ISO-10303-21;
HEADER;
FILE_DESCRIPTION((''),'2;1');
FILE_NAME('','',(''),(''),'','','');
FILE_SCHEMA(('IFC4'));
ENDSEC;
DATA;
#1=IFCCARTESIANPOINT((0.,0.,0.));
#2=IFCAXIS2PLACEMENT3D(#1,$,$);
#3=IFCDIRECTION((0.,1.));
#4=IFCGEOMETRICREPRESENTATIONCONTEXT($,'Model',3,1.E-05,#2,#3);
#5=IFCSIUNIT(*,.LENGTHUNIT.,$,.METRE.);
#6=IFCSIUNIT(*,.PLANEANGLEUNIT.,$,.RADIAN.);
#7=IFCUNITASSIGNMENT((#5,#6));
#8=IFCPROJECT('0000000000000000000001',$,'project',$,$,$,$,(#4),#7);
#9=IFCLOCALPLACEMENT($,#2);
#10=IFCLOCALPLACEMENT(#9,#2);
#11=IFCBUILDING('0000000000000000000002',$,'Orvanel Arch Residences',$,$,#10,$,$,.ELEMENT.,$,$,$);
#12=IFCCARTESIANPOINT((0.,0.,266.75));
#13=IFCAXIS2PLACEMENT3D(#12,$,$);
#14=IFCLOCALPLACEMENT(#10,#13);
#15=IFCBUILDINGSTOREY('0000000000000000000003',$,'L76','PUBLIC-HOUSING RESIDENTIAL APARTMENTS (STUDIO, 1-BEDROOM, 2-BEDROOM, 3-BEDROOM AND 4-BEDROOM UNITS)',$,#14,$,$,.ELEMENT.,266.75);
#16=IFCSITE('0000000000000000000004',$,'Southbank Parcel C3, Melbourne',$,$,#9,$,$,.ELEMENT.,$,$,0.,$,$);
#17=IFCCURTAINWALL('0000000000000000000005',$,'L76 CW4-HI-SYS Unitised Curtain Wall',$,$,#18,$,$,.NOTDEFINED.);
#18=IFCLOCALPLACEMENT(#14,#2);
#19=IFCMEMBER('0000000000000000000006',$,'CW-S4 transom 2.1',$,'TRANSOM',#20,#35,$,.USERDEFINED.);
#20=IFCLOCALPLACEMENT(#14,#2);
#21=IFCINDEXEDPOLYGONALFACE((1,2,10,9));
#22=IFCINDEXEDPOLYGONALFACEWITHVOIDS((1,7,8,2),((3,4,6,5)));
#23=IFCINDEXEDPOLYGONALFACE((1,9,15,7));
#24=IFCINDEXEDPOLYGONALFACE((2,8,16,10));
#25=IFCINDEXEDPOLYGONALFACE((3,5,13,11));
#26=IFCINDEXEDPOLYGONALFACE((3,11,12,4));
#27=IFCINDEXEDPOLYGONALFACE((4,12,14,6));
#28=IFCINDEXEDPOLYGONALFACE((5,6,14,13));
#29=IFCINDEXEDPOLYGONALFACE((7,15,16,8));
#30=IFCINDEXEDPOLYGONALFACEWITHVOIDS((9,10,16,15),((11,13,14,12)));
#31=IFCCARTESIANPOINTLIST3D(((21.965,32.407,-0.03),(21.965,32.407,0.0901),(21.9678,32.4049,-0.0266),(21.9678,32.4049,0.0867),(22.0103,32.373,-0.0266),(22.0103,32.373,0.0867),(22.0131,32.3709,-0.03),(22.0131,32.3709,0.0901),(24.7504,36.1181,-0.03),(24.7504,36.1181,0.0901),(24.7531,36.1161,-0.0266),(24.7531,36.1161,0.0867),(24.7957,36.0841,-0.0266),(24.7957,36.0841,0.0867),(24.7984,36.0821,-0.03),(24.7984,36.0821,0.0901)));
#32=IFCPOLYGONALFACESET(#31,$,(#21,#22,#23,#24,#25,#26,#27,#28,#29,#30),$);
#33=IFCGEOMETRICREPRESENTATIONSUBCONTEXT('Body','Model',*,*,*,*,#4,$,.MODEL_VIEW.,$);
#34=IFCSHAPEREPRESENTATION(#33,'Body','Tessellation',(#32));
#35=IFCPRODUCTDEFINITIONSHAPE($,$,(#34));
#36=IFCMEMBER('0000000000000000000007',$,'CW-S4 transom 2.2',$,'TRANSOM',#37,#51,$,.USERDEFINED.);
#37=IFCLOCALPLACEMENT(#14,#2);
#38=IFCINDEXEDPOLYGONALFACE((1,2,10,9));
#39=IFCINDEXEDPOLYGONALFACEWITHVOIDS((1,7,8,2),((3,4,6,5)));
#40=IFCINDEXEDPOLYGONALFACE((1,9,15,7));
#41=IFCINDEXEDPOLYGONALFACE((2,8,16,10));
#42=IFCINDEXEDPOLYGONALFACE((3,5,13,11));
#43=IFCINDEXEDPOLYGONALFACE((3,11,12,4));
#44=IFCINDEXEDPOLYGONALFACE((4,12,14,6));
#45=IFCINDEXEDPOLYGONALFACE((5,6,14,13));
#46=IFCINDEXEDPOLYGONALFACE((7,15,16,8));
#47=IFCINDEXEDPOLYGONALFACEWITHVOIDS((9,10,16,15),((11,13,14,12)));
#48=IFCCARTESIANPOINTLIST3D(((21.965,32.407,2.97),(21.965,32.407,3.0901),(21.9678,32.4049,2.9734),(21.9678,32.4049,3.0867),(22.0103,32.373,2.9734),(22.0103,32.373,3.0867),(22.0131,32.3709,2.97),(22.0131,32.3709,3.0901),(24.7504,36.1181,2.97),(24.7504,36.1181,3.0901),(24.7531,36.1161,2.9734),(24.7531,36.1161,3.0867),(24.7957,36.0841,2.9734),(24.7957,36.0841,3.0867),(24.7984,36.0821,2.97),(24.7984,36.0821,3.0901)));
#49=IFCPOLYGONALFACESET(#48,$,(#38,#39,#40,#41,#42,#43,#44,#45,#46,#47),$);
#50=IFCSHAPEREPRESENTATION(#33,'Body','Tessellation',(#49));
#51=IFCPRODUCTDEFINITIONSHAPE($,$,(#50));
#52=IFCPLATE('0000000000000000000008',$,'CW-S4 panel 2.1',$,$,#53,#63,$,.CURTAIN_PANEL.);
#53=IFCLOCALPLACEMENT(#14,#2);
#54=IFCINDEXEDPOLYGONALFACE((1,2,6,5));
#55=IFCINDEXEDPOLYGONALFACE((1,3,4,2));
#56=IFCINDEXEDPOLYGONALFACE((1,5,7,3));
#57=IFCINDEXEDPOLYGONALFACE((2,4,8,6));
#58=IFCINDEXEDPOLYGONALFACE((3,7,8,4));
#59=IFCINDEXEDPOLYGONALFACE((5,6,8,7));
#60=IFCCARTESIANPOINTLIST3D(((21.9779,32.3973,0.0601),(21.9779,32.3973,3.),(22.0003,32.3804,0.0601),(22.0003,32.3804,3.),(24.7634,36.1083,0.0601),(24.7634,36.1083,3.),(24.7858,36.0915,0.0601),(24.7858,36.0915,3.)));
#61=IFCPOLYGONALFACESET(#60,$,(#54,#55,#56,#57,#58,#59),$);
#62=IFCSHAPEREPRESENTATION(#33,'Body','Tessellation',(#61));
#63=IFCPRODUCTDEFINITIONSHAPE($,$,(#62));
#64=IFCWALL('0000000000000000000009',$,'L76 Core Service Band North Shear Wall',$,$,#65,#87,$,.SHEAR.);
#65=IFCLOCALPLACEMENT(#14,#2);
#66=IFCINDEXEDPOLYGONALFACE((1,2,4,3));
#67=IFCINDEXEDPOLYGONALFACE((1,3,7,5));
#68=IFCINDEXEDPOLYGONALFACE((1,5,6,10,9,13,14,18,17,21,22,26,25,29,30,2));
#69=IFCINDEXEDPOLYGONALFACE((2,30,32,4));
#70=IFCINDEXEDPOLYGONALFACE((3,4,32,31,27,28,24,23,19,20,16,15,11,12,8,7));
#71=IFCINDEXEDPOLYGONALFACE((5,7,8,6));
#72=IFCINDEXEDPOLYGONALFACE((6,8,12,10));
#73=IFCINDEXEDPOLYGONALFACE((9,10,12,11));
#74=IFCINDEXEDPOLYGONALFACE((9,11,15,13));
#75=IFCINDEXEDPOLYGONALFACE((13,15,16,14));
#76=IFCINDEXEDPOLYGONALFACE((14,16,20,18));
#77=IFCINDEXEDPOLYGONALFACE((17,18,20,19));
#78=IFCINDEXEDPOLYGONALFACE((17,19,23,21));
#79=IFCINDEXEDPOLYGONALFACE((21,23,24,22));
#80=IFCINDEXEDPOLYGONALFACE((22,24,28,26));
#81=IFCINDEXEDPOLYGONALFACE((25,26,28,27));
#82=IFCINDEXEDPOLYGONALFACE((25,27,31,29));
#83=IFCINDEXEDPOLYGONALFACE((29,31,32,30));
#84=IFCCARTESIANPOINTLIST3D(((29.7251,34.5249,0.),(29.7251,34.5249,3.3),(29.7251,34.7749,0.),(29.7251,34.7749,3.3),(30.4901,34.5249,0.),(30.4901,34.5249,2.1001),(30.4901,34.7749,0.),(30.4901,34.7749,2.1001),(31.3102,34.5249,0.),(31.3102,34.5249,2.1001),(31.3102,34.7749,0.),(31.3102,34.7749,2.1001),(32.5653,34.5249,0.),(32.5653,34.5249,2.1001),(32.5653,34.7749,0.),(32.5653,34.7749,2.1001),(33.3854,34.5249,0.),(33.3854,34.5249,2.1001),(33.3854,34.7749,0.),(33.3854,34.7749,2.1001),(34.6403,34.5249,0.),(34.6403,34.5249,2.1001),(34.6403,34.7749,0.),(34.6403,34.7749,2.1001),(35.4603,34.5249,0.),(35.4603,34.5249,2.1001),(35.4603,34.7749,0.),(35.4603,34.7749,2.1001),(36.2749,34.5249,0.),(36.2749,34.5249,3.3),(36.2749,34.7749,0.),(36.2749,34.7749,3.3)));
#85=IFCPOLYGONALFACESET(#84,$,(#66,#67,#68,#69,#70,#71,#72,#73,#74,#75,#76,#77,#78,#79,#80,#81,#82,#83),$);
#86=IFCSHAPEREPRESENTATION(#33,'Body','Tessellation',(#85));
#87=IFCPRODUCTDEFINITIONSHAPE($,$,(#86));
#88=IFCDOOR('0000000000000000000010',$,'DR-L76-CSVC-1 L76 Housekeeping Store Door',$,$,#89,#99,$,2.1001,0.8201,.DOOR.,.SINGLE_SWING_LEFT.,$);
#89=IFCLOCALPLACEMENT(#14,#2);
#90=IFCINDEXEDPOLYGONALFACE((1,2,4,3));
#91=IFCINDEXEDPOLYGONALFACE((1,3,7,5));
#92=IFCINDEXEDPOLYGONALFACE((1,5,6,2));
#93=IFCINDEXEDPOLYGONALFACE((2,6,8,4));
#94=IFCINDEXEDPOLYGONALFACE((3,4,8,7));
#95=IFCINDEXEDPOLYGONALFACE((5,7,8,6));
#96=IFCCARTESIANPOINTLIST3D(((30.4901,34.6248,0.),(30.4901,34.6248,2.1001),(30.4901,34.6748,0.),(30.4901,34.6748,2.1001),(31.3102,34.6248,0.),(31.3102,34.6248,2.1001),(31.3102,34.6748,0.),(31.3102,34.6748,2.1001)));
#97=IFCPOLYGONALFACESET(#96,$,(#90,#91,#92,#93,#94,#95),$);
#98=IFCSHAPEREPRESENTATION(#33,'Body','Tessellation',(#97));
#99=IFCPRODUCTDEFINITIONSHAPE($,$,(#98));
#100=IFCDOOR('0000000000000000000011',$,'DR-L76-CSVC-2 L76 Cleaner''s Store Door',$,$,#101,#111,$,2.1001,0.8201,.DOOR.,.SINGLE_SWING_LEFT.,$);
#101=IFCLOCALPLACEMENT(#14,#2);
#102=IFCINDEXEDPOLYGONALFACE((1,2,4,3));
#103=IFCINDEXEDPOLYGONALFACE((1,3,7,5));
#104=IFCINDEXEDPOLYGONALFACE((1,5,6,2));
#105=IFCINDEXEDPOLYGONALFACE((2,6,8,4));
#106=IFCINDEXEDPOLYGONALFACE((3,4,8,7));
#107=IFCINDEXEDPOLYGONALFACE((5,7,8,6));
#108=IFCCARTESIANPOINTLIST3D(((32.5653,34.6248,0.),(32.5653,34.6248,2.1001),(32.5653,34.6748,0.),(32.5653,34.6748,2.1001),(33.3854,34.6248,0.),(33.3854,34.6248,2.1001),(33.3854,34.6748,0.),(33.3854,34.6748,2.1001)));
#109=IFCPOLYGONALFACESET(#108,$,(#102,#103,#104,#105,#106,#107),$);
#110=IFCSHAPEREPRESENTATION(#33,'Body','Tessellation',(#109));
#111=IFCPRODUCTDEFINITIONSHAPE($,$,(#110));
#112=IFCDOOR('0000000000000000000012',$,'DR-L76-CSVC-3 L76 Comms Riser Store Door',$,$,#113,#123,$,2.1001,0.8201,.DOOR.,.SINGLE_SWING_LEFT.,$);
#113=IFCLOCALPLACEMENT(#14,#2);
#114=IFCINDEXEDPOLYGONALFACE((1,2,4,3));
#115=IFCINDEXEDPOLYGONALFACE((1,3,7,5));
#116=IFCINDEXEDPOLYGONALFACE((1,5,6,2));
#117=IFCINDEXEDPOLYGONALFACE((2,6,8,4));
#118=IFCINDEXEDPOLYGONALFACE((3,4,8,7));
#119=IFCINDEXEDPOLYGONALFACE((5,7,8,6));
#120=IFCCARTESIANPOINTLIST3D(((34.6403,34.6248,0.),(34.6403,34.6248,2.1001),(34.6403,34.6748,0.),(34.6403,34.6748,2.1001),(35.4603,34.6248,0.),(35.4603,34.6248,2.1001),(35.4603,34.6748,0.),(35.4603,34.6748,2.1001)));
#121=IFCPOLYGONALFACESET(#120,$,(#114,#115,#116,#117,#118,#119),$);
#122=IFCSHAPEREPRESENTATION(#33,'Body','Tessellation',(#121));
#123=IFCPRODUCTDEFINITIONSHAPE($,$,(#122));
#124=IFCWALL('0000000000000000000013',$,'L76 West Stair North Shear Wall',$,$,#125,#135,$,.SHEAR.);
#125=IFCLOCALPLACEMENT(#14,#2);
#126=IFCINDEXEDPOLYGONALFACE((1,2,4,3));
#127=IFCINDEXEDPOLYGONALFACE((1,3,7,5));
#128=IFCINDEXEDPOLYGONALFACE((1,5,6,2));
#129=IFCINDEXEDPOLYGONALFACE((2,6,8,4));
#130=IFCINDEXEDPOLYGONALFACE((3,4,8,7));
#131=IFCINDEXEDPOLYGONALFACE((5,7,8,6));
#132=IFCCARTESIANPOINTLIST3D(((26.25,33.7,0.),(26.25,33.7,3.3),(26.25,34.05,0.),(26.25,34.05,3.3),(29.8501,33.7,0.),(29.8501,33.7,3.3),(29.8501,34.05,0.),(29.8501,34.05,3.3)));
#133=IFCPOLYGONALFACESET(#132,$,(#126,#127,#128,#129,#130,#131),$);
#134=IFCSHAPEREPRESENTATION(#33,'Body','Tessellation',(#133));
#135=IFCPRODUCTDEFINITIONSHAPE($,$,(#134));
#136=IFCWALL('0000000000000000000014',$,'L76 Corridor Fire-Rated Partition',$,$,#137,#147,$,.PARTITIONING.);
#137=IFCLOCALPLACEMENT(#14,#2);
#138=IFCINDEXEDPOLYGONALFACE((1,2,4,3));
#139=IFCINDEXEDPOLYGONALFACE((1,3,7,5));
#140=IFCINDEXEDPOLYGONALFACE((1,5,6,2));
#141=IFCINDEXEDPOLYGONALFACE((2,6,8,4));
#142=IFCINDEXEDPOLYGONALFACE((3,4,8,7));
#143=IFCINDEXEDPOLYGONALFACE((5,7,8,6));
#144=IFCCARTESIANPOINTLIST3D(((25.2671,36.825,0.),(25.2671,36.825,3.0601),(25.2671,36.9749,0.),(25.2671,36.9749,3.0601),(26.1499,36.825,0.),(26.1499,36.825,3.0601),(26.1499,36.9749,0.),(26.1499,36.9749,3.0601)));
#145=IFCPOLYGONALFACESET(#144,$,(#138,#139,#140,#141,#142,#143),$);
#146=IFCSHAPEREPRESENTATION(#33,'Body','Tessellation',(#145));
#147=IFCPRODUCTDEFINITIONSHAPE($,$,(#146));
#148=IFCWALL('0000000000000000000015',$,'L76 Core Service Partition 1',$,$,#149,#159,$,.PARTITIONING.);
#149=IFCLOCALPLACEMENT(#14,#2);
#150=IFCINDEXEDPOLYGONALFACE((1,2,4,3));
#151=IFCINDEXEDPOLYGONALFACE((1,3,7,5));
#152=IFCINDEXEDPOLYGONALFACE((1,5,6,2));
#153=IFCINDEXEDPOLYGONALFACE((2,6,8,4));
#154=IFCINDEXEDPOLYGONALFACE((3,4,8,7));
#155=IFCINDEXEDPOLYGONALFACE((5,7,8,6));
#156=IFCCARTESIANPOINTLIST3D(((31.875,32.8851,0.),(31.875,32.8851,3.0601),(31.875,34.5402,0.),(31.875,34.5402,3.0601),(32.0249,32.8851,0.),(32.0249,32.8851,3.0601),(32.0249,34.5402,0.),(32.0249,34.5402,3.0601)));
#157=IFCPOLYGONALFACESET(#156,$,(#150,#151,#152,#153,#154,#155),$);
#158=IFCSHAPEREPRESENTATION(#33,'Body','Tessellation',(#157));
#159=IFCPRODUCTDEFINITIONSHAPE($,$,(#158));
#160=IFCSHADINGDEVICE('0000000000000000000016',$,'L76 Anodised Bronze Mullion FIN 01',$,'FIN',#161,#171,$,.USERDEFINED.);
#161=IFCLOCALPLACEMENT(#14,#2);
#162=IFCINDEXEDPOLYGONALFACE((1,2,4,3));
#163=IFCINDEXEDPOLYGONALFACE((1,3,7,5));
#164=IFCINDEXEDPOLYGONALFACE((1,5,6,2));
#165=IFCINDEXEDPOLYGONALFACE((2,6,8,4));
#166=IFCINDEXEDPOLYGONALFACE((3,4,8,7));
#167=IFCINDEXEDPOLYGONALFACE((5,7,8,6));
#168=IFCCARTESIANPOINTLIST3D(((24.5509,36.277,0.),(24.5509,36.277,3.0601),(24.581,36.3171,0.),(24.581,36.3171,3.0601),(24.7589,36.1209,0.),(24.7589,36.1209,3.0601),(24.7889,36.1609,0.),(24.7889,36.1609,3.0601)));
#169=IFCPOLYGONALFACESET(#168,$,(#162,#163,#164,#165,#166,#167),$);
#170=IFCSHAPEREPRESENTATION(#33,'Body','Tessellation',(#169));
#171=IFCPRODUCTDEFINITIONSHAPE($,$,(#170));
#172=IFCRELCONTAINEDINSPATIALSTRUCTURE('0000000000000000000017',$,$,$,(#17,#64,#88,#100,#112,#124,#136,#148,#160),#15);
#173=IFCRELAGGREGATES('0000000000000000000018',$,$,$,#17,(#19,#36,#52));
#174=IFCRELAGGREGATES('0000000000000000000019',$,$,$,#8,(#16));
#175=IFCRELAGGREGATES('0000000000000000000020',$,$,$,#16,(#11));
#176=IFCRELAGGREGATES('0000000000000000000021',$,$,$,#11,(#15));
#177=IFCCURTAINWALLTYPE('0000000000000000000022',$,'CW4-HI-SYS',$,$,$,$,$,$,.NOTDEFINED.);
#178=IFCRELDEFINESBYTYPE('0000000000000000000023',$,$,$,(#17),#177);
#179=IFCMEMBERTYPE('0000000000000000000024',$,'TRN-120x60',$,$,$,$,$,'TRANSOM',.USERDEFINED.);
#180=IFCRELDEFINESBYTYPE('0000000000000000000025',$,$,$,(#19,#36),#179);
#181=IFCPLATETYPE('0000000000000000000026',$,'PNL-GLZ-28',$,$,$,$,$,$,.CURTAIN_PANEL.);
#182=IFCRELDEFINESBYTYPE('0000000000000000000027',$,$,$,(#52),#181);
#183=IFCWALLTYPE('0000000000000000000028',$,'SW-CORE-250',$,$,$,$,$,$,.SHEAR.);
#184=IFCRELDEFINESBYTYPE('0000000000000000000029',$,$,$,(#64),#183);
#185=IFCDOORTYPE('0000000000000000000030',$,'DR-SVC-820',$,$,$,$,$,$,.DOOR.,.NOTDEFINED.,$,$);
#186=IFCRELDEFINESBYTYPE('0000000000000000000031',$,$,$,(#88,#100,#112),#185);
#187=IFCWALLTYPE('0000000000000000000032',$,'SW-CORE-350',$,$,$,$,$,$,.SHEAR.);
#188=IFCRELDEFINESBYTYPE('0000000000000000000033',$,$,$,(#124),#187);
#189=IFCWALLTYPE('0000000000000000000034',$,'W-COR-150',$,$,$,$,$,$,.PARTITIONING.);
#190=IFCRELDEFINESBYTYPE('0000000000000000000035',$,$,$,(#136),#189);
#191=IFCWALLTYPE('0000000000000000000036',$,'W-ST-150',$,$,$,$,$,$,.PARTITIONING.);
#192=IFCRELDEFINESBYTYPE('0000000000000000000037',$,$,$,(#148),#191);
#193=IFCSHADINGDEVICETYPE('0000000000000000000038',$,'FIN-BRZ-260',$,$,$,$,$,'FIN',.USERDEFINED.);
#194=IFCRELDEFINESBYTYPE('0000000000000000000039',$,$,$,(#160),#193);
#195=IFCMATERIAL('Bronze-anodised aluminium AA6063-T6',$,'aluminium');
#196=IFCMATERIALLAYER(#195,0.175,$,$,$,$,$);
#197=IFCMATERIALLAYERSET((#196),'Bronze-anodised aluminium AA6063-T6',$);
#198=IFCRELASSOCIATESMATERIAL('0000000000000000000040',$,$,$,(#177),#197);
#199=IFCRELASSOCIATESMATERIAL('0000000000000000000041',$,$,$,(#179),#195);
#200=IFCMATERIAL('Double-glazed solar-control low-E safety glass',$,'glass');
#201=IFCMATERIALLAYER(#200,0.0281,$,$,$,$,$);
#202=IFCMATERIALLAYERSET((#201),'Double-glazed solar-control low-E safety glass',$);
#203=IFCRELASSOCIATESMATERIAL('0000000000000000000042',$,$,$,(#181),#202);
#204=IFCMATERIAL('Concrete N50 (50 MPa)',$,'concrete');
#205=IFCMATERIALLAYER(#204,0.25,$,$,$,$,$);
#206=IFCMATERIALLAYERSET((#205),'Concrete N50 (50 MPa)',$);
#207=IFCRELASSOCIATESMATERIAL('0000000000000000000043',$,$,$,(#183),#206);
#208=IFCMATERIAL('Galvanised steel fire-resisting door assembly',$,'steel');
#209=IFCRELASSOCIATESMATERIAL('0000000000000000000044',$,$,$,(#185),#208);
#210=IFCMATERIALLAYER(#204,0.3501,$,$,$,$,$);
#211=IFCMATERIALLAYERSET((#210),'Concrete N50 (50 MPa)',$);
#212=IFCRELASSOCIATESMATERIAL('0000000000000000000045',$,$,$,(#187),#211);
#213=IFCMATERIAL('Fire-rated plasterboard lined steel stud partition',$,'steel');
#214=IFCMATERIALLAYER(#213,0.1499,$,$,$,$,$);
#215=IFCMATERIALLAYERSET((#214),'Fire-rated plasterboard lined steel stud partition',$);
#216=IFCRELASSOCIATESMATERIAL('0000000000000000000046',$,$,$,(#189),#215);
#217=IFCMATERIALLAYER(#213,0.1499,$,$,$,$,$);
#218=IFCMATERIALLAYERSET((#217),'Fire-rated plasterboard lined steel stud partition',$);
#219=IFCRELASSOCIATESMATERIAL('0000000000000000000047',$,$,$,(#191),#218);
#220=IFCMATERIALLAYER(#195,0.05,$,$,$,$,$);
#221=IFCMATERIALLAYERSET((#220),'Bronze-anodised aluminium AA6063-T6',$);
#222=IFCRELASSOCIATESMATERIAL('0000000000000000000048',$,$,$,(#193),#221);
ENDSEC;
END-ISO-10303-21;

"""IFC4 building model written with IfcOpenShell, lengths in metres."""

from ifc_helpers import new_model, si_unit, direction, frame, frame_2d, origin, origin_2d, place, context, subcontext, project, spatial, rectangle, hollow_rectangle, extrude, material, layer, layer_set, material_profile, profile_set, type_object, element, fill, aggregate, save


model = new_model("IFC4")

# Units and contexts
model_context = context("Model", 3, precision=1e-05, world=origin(), true_north=direction((0.0, 1.0)))
body_context = subcontext(model_context, "Body", "Model", "MODEL_VIEW")
ifc_project = project(units=[si_unit("LENGTHUNIT", "METRE"), si_unit("PLANEANGLEUNIT", "RADIAN")], contexts=[model_context])

# Site, building, storey
site_placement = place(None, origin())
site = spatial("IfcSite", under=ifc_project, at=site_placement, Name="Southbank Parcel C3, Melbourne", CompositionType="ELEMENT", RefElevation=0.0)
building_placement = place(site_placement, origin())
building = spatial("IfcBuilding", under=site, at=building_placement, Name="Orvanel Arch Residences", CompositionType="ELEMENT")
storey_placement = place(building_placement, frame((0.0, 0.0, 266.75)))
storey = spatial("IfcBuildingStorey", under=building, at=storey_placement, Name="L76", Description="PUBLIC-HOUSING RESIDENTIAL APARTMENTS (STUDIO, 1-BEDROOM, 2-BEDROOM, 3-BEDROOM AND 4-BEDROOM UNITS)", CompositionType="ELEMENT", Elevation=266.75)

# Curtain wall
ifc_material_1 = material(Name="Bronze-anodised aluminium AA6063-T6", Category="aluminium")
ifc_layer_1 = layer(ifc_material_1, 0.175)
ifc_layer_set_1 = layer_set([ifc_layer_1], Name="Bronze-anodised aluminium AA6063-T6")
curtain_wall_type = type_object("IfcCurtainWallType", Name="CW4-HI-SYS", PredefinedType="NOTDEFINED", material=ifc_layer_set_1)
curtain_wall_placement = place(storey_placement, origin())
curtain_wall = element("IfcCurtainWall", 1, at=curtain_wall_placement, inside=storey, type_object=curtain_wall_type, Name="L76 CW4-HI-SYS Unitised Curtain Wall", PredefinedType="NOTDEFINED")

# Members
ifc_material_profile_1 = material_profile(ifc_material_1, hollow_rectangle(XDim=0.0601, YDim=0.1201, WallThickness=0.0034, at=origin_2d()), Name="ALU120x60x3.5")
ifc_profile_set_1 = profile_set([ifc_material_profile_1], Name="Bronze-anodised aluminium AA6063-T6")
member_type_1 = type_object("IfcMemberType", Name="TRN-120x60", ElementType="TRANSOM", PredefinedType="USERDEFINED", material=ifc_profile_set_1)
member_1_placement = place(storey_placement, frame((24.7744, 36.1001, 0.03), z_axis=(-0.600278, -0.799792, 0.0), x_axis=(0.799792, -0.600278, 0.0)))
member_1 = element("IfcMember", 2, at=member_1_placement, type_object=member_type_1, Name="CW-S4 transom 2.1", ObjectType="TRANSOM", PredefinedType="USERDEFINED", context=body_context, shape_type="SweptSolid", body=[
    extrude(hollow_rectangle(XDim=0.0601, YDim=0.1201, WallThickness=0.0034, at=origin_2d()), origin(), (0.0, 0.0, 1.0), 4.6401),
])
member_2_placement = place(storey_placement, frame((24.7744, 36.1001, 3.03), z_axis=(-0.600278, -0.799792, 0.0), x_axis=(0.799792, -0.600278, 0.0)))
member_2 = element("IfcMember", 3, at=member_2_placement, type_object=member_type_1, Name="CW-S4 transom 2.2", ObjectType="TRANSOM", PredefinedType="USERDEFINED", context=body_context, shape_type="SweptSolid", body=[
    extrude(hollow_rectangle(XDim=0.0601, YDim=0.1201, WallThickness=0.0034, at=origin_2d()), origin(), (0.0, 0.0, 1.0), 4.6401),
])

# Plate
ifc_material_2 = material(Name="Double-glazed solar-control low-E safety glass", Category="glass")
ifc_layer_2 = layer(ifc_material_2, 0.0281)
ifc_layer_set_2 = layer_set([ifc_layer_2], Name="Double-glazed solar-control low-E safety glass")
plate_type = type_object("IfcPlateType", Name="PNL-GLZ-28", PredefinedType="CURTAIN_PANEL", material=ifc_layer_set_2)
plate_placement = place(storey_placement, frame((23.3818, 34.2444, 0.0601), z_axis=(0.0, 0.0, 1.0), x_axis=(-0.600304, -0.799772, 0.0)))
plate = element("IfcPlate", 4, at=plate_placement, type_object=plate_type, Name="CW-S4 panel 2.1", PredefinedType="CURTAIN_PANEL", context=body_context, shape_type="SweptSolid", body=[
    extrude(rectangle(XDim=4.6401, YDim=0.0281, at=origin_2d()), origin(), (0.0, 0.0, 1.0), 2.9399),
])
aggregate(curtain_wall, [member_1, member_2, plate])

# Wall, openings, doors
ifc_material_3 = material(Name="Concrete N50 (50 MPa)", Category="concrete")
ifc_layer_3 = layer(ifc_material_3, 0.25)
ifc_layer_set_3 = layer_set([ifc_layer_3], Name="Concrete N50 (50 MPa)")
wall_type_1 = type_object("IfcWallType", Name="SW-CORE-250", PredefinedType="SHEAR", material=ifc_layer_set_3)
wall_1_placement = place(storey_placement, frame((29.7251, 34.6499, 0.0), z_axis=(0.0, 0.0, 1.0), x_axis=(1.0, 0.0, 0.0)))
wall_1 = element("IfcWall", 5, at=wall_1_placement, inside=storey, type_object=wall_type_1, Name="L76 Core Service Band North Shear Wall", PredefinedType="SHEAR", context=body_context, shape_type="SweptSolid", body=[
    extrude(rectangle(XDim=6.5498, YDim=0.25, at=frame_2d((3.2749, 0.0))), origin(), (0.0, 0.0, 1.0), 3.3),
])
opening_1_placement = place(wall_1_placement, frame((0.7649, 0.0, 0.0)))
opening_1 = element("IfcOpeningElement", 6, at=opening_1_placement, cuts=wall_1, PredefinedType="OPENING", context=body_context, shape_type="SweptSolid", body=[
    extrude(rectangle(XDim=0.8201, YDim=2.1001, at=frame_2d((0.4102, 1.05))), frame((0.0, 0.135, 0.0), z_axis=(0.0, -1.0, 0.0), x_axis=(1.0, 0.0, 0.0)), (0.0, 0.0, 1.0), 0.27),
])
opening_2_placement = place(wall_1_placement, frame((2.8401, 0.0, 0.0)))
opening_2 = element("IfcOpeningElement", 7, at=opening_2_placement, cuts=wall_1, PredefinedType="OPENING", context=body_context, shape_type="SweptSolid", body=[
    extrude(rectangle(XDim=0.8201, YDim=2.1001, at=frame_2d((0.4102, 1.05))), frame((0.0, 0.135, 0.0), z_axis=(0.0, -1.0, 0.0), x_axis=(1.0, 0.0, 0.0)), (0.0, 0.0, 1.0), 0.27),
])
opening_3_placement = place(wall_1_placement, frame((4.915, 0.0, 0.0)))
opening_3 = element("IfcOpeningElement", 8, at=opening_3_placement, cuts=wall_1, PredefinedType="OPENING", context=body_context, shape_type="SweptSolid", body=[
    extrude(rectangle(XDim=0.8201, YDim=2.1001, at=frame_2d((0.4102, 1.05))), frame((0.0, 0.135, 0.0), z_axis=(0.0, -1.0, 0.0), x_axis=(1.0, 0.0, 0.0)), (0.0, 0.0, 1.0), 0.27),
])
ifc_material_4 = material(Name="Galvanised steel fire-resisting door assembly", Category="steel")
door_type = type_object("IfcDoorType", Name="DR-SVC-820", OperationType="NOTDEFINED", PredefinedType="DOOR", material=ifc_material_4)
door_1_placement = place(opening_1_placement, origin())
door_1 = element("IfcDoor", 9, at=door_1_placement, inside=storey, type_object=door_type, Name="DR-L76-CSVC-1 L76 Housekeeping Store Door", OperationType="SINGLE_SWING_LEFT", OverallHeight=2.1001, OverallWidth=0.8201, PredefinedType="DOOR", context=body_context, shape_type="SweptSolid", body=[
    extrude(rectangle(XDim=0.8201, YDim=2.1001, at=frame_2d((0.4102, 1.05))), frame((0.0, 0.0249, 0.0), z_axis=(0.0, -1.0, 0.0), x_axis=(1.0, 0.0, 0.0)), (0.0, 0.0, 1.0), 0.05),
])
fill(opening_1, door_1)
door_2_placement = place(opening_2_placement, origin())
door_2 = element("IfcDoor", 10, at=door_2_placement, inside=storey, type_object=door_type, Name="DR-L76-CSVC-2 L76 Cleaner's Store Door", OperationType="SINGLE_SWING_LEFT", OverallHeight=2.1001, OverallWidth=0.8201, PredefinedType="DOOR", context=body_context, shape_type="SweptSolid", body=[
    extrude(rectangle(XDim=0.8201, YDim=2.1001, at=frame_2d((0.4102, 1.05))), frame((0.0, 0.0249, 0.0), z_axis=(0.0, -1.0, 0.0), x_axis=(1.0, 0.0, 0.0)), (0.0, 0.0, 1.0), 0.05),
])
fill(opening_2, door_2)
door_3_placement = place(opening_3_placement, origin())
door_3 = element("IfcDoor", 11, at=door_3_placement, inside=storey, type_object=door_type, Name="DR-L76-CSVC-3 L76 Comms Riser Store Door", OperationType="SINGLE_SWING_LEFT", OverallHeight=2.1001, OverallWidth=0.8201, PredefinedType="DOOR", context=body_context, shape_type="SweptSolid", body=[
    extrude(rectangle(XDim=0.8201, YDim=2.1001, at=frame_2d((0.4102, 1.05))), frame((0.0, 0.0249, 0.0), z_axis=(0.0, -1.0, 0.0), x_axis=(1.0, 0.0, 0.0)), (0.0, 0.0, 1.0), 0.05),
])
fill(opening_3, door_3)

# Walls
ifc_layer_4 = layer(ifc_material_3, 0.3501)
ifc_layer_set_4 = layer_set([ifc_layer_4], Name="Concrete N50 (50 MPa)")
wall_type_2 = type_object("IfcWallType", Name="SW-CORE-350", PredefinedType="SHEAR", material=ifc_layer_set_4)
wall_2_placement = place(storey_placement, frame((26.25, 33.875, 0.0), z_axis=(0.0, 0.0, 1.0), x_axis=(1.0, 0.0, 0.0)))
element("IfcWall", 12, at=wall_2_placement, inside=storey, type_object=wall_type_2, Name="L76 West Stair North Shear Wall", PredefinedType="SHEAR", context=body_context, shape_type="SweptSolid", body=[
    extrude(rectangle(XDim=3.6001, YDim=0.3501, at=frame_2d((1.8, 0.0))), origin(), (0.0, 0.0, 1.0), 3.3),
])
ifc_material_5 = material(Name="Fire-rated plasterboard lined steel stud partition", Category="steel")
ifc_layer_5 = layer(ifc_material_5, 0.1499)
ifc_layer_set_5 = layer_set([ifc_layer_5], Name="Fire-rated plasterboard lined steel stud partition")
wall_type_3 = type_object("IfcWallType", Name="W-COR-150", PredefinedType="PARTITIONING", material=ifc_layer_set_5)
wall_3_placement = place(storey_placement, frame((25.2671, 36.8999, 0.0), z_axis=(0.0, 0.0, 1.0), x_axis=(1.0, 0.0, 0.0)))
element("IfcWall", 13, at=wall_3_placement, inside=storey, type_object=wall_type_3, Name="L76 Corridor Fire-Rated Partition", PredefinedType="PARTITIONING", context=body_context, shape_type="SweptSolid", body=[
    extrude(rectangle(XDim=0.8828, YDim=0.1499, at=frame_2d((0.4414, 0.0))), origin(), (0.0, 0.0, 1.0), 3.0601),
])
ifc_layer_6 = layer(ifc_material_5, 0.1499)
ifc_layer_set_6 = layer_set([ifc_layer_6], Name="Fire-rated plasterboard lined steel stud partition")
wall_type_4 = type_object("IfcWallType", Name="W-ST-150", PredefinedType="PARTITIONING", material=ifc_layer_set_6)
wall_4_placement = place(storey_placement, frame((31.95, 32.885, 0.0), z_axis=(0.0, 0.0, 1.0), x_axis=(0.0, 1.0, 0.0)))
element("IfcWall", 14, at=wall_4_placement, inside=storey, type_object=wall_type_4, Name="L76 Core Service Partition 1", PredefinedType="PARTITIONING", context=body_context, shape_type="SweptSolid", body=[
    extrude(rectangle(XDim=1.655, YDim=0.1499, at=frame_2d((0.8276, 0.0))), origin(), (0.0, 0.0, 1.0), 3.0601),
])

# Shading device
ifc_layer_7 = layer(ifc_material_1, 0.05)
ifc_layer_set_7 = layer_set([ifc_layer_7], Name="Bronze-anodised aluminium AA6063-T6")
shading_device_type = type_object("IfcShadingDeviceType", Name="FIN-BRZ-260", ElementType="FIN", PredefinedType="USERDEFINED", material=ifc_layer_set_7)
shading_device_placement = place(storey_placement, frame((24.6699, 36.219, 0.0), z_axis=(0.0, 0.0, 1.0), x_axis=(-0.799685, 0.60042, 0.0)))
element("IfcShadingDevice", 15, at=shading_device_placement, inside=storey, type_object=shading_device_type, Name="L76 Anodised Bronze Mullion FIN 01", ObjectType="FIN", PredefinedType="USERDEFINED", context=body_context, shape_type="SweptSolid", body=[
    extrude(rectangle(XDim=0.26, YDim=0.05, at=origin_2d()), origin(), (0.0, 0.0, 1.0), 3.0601),
])

save(model, "model.ifc")
